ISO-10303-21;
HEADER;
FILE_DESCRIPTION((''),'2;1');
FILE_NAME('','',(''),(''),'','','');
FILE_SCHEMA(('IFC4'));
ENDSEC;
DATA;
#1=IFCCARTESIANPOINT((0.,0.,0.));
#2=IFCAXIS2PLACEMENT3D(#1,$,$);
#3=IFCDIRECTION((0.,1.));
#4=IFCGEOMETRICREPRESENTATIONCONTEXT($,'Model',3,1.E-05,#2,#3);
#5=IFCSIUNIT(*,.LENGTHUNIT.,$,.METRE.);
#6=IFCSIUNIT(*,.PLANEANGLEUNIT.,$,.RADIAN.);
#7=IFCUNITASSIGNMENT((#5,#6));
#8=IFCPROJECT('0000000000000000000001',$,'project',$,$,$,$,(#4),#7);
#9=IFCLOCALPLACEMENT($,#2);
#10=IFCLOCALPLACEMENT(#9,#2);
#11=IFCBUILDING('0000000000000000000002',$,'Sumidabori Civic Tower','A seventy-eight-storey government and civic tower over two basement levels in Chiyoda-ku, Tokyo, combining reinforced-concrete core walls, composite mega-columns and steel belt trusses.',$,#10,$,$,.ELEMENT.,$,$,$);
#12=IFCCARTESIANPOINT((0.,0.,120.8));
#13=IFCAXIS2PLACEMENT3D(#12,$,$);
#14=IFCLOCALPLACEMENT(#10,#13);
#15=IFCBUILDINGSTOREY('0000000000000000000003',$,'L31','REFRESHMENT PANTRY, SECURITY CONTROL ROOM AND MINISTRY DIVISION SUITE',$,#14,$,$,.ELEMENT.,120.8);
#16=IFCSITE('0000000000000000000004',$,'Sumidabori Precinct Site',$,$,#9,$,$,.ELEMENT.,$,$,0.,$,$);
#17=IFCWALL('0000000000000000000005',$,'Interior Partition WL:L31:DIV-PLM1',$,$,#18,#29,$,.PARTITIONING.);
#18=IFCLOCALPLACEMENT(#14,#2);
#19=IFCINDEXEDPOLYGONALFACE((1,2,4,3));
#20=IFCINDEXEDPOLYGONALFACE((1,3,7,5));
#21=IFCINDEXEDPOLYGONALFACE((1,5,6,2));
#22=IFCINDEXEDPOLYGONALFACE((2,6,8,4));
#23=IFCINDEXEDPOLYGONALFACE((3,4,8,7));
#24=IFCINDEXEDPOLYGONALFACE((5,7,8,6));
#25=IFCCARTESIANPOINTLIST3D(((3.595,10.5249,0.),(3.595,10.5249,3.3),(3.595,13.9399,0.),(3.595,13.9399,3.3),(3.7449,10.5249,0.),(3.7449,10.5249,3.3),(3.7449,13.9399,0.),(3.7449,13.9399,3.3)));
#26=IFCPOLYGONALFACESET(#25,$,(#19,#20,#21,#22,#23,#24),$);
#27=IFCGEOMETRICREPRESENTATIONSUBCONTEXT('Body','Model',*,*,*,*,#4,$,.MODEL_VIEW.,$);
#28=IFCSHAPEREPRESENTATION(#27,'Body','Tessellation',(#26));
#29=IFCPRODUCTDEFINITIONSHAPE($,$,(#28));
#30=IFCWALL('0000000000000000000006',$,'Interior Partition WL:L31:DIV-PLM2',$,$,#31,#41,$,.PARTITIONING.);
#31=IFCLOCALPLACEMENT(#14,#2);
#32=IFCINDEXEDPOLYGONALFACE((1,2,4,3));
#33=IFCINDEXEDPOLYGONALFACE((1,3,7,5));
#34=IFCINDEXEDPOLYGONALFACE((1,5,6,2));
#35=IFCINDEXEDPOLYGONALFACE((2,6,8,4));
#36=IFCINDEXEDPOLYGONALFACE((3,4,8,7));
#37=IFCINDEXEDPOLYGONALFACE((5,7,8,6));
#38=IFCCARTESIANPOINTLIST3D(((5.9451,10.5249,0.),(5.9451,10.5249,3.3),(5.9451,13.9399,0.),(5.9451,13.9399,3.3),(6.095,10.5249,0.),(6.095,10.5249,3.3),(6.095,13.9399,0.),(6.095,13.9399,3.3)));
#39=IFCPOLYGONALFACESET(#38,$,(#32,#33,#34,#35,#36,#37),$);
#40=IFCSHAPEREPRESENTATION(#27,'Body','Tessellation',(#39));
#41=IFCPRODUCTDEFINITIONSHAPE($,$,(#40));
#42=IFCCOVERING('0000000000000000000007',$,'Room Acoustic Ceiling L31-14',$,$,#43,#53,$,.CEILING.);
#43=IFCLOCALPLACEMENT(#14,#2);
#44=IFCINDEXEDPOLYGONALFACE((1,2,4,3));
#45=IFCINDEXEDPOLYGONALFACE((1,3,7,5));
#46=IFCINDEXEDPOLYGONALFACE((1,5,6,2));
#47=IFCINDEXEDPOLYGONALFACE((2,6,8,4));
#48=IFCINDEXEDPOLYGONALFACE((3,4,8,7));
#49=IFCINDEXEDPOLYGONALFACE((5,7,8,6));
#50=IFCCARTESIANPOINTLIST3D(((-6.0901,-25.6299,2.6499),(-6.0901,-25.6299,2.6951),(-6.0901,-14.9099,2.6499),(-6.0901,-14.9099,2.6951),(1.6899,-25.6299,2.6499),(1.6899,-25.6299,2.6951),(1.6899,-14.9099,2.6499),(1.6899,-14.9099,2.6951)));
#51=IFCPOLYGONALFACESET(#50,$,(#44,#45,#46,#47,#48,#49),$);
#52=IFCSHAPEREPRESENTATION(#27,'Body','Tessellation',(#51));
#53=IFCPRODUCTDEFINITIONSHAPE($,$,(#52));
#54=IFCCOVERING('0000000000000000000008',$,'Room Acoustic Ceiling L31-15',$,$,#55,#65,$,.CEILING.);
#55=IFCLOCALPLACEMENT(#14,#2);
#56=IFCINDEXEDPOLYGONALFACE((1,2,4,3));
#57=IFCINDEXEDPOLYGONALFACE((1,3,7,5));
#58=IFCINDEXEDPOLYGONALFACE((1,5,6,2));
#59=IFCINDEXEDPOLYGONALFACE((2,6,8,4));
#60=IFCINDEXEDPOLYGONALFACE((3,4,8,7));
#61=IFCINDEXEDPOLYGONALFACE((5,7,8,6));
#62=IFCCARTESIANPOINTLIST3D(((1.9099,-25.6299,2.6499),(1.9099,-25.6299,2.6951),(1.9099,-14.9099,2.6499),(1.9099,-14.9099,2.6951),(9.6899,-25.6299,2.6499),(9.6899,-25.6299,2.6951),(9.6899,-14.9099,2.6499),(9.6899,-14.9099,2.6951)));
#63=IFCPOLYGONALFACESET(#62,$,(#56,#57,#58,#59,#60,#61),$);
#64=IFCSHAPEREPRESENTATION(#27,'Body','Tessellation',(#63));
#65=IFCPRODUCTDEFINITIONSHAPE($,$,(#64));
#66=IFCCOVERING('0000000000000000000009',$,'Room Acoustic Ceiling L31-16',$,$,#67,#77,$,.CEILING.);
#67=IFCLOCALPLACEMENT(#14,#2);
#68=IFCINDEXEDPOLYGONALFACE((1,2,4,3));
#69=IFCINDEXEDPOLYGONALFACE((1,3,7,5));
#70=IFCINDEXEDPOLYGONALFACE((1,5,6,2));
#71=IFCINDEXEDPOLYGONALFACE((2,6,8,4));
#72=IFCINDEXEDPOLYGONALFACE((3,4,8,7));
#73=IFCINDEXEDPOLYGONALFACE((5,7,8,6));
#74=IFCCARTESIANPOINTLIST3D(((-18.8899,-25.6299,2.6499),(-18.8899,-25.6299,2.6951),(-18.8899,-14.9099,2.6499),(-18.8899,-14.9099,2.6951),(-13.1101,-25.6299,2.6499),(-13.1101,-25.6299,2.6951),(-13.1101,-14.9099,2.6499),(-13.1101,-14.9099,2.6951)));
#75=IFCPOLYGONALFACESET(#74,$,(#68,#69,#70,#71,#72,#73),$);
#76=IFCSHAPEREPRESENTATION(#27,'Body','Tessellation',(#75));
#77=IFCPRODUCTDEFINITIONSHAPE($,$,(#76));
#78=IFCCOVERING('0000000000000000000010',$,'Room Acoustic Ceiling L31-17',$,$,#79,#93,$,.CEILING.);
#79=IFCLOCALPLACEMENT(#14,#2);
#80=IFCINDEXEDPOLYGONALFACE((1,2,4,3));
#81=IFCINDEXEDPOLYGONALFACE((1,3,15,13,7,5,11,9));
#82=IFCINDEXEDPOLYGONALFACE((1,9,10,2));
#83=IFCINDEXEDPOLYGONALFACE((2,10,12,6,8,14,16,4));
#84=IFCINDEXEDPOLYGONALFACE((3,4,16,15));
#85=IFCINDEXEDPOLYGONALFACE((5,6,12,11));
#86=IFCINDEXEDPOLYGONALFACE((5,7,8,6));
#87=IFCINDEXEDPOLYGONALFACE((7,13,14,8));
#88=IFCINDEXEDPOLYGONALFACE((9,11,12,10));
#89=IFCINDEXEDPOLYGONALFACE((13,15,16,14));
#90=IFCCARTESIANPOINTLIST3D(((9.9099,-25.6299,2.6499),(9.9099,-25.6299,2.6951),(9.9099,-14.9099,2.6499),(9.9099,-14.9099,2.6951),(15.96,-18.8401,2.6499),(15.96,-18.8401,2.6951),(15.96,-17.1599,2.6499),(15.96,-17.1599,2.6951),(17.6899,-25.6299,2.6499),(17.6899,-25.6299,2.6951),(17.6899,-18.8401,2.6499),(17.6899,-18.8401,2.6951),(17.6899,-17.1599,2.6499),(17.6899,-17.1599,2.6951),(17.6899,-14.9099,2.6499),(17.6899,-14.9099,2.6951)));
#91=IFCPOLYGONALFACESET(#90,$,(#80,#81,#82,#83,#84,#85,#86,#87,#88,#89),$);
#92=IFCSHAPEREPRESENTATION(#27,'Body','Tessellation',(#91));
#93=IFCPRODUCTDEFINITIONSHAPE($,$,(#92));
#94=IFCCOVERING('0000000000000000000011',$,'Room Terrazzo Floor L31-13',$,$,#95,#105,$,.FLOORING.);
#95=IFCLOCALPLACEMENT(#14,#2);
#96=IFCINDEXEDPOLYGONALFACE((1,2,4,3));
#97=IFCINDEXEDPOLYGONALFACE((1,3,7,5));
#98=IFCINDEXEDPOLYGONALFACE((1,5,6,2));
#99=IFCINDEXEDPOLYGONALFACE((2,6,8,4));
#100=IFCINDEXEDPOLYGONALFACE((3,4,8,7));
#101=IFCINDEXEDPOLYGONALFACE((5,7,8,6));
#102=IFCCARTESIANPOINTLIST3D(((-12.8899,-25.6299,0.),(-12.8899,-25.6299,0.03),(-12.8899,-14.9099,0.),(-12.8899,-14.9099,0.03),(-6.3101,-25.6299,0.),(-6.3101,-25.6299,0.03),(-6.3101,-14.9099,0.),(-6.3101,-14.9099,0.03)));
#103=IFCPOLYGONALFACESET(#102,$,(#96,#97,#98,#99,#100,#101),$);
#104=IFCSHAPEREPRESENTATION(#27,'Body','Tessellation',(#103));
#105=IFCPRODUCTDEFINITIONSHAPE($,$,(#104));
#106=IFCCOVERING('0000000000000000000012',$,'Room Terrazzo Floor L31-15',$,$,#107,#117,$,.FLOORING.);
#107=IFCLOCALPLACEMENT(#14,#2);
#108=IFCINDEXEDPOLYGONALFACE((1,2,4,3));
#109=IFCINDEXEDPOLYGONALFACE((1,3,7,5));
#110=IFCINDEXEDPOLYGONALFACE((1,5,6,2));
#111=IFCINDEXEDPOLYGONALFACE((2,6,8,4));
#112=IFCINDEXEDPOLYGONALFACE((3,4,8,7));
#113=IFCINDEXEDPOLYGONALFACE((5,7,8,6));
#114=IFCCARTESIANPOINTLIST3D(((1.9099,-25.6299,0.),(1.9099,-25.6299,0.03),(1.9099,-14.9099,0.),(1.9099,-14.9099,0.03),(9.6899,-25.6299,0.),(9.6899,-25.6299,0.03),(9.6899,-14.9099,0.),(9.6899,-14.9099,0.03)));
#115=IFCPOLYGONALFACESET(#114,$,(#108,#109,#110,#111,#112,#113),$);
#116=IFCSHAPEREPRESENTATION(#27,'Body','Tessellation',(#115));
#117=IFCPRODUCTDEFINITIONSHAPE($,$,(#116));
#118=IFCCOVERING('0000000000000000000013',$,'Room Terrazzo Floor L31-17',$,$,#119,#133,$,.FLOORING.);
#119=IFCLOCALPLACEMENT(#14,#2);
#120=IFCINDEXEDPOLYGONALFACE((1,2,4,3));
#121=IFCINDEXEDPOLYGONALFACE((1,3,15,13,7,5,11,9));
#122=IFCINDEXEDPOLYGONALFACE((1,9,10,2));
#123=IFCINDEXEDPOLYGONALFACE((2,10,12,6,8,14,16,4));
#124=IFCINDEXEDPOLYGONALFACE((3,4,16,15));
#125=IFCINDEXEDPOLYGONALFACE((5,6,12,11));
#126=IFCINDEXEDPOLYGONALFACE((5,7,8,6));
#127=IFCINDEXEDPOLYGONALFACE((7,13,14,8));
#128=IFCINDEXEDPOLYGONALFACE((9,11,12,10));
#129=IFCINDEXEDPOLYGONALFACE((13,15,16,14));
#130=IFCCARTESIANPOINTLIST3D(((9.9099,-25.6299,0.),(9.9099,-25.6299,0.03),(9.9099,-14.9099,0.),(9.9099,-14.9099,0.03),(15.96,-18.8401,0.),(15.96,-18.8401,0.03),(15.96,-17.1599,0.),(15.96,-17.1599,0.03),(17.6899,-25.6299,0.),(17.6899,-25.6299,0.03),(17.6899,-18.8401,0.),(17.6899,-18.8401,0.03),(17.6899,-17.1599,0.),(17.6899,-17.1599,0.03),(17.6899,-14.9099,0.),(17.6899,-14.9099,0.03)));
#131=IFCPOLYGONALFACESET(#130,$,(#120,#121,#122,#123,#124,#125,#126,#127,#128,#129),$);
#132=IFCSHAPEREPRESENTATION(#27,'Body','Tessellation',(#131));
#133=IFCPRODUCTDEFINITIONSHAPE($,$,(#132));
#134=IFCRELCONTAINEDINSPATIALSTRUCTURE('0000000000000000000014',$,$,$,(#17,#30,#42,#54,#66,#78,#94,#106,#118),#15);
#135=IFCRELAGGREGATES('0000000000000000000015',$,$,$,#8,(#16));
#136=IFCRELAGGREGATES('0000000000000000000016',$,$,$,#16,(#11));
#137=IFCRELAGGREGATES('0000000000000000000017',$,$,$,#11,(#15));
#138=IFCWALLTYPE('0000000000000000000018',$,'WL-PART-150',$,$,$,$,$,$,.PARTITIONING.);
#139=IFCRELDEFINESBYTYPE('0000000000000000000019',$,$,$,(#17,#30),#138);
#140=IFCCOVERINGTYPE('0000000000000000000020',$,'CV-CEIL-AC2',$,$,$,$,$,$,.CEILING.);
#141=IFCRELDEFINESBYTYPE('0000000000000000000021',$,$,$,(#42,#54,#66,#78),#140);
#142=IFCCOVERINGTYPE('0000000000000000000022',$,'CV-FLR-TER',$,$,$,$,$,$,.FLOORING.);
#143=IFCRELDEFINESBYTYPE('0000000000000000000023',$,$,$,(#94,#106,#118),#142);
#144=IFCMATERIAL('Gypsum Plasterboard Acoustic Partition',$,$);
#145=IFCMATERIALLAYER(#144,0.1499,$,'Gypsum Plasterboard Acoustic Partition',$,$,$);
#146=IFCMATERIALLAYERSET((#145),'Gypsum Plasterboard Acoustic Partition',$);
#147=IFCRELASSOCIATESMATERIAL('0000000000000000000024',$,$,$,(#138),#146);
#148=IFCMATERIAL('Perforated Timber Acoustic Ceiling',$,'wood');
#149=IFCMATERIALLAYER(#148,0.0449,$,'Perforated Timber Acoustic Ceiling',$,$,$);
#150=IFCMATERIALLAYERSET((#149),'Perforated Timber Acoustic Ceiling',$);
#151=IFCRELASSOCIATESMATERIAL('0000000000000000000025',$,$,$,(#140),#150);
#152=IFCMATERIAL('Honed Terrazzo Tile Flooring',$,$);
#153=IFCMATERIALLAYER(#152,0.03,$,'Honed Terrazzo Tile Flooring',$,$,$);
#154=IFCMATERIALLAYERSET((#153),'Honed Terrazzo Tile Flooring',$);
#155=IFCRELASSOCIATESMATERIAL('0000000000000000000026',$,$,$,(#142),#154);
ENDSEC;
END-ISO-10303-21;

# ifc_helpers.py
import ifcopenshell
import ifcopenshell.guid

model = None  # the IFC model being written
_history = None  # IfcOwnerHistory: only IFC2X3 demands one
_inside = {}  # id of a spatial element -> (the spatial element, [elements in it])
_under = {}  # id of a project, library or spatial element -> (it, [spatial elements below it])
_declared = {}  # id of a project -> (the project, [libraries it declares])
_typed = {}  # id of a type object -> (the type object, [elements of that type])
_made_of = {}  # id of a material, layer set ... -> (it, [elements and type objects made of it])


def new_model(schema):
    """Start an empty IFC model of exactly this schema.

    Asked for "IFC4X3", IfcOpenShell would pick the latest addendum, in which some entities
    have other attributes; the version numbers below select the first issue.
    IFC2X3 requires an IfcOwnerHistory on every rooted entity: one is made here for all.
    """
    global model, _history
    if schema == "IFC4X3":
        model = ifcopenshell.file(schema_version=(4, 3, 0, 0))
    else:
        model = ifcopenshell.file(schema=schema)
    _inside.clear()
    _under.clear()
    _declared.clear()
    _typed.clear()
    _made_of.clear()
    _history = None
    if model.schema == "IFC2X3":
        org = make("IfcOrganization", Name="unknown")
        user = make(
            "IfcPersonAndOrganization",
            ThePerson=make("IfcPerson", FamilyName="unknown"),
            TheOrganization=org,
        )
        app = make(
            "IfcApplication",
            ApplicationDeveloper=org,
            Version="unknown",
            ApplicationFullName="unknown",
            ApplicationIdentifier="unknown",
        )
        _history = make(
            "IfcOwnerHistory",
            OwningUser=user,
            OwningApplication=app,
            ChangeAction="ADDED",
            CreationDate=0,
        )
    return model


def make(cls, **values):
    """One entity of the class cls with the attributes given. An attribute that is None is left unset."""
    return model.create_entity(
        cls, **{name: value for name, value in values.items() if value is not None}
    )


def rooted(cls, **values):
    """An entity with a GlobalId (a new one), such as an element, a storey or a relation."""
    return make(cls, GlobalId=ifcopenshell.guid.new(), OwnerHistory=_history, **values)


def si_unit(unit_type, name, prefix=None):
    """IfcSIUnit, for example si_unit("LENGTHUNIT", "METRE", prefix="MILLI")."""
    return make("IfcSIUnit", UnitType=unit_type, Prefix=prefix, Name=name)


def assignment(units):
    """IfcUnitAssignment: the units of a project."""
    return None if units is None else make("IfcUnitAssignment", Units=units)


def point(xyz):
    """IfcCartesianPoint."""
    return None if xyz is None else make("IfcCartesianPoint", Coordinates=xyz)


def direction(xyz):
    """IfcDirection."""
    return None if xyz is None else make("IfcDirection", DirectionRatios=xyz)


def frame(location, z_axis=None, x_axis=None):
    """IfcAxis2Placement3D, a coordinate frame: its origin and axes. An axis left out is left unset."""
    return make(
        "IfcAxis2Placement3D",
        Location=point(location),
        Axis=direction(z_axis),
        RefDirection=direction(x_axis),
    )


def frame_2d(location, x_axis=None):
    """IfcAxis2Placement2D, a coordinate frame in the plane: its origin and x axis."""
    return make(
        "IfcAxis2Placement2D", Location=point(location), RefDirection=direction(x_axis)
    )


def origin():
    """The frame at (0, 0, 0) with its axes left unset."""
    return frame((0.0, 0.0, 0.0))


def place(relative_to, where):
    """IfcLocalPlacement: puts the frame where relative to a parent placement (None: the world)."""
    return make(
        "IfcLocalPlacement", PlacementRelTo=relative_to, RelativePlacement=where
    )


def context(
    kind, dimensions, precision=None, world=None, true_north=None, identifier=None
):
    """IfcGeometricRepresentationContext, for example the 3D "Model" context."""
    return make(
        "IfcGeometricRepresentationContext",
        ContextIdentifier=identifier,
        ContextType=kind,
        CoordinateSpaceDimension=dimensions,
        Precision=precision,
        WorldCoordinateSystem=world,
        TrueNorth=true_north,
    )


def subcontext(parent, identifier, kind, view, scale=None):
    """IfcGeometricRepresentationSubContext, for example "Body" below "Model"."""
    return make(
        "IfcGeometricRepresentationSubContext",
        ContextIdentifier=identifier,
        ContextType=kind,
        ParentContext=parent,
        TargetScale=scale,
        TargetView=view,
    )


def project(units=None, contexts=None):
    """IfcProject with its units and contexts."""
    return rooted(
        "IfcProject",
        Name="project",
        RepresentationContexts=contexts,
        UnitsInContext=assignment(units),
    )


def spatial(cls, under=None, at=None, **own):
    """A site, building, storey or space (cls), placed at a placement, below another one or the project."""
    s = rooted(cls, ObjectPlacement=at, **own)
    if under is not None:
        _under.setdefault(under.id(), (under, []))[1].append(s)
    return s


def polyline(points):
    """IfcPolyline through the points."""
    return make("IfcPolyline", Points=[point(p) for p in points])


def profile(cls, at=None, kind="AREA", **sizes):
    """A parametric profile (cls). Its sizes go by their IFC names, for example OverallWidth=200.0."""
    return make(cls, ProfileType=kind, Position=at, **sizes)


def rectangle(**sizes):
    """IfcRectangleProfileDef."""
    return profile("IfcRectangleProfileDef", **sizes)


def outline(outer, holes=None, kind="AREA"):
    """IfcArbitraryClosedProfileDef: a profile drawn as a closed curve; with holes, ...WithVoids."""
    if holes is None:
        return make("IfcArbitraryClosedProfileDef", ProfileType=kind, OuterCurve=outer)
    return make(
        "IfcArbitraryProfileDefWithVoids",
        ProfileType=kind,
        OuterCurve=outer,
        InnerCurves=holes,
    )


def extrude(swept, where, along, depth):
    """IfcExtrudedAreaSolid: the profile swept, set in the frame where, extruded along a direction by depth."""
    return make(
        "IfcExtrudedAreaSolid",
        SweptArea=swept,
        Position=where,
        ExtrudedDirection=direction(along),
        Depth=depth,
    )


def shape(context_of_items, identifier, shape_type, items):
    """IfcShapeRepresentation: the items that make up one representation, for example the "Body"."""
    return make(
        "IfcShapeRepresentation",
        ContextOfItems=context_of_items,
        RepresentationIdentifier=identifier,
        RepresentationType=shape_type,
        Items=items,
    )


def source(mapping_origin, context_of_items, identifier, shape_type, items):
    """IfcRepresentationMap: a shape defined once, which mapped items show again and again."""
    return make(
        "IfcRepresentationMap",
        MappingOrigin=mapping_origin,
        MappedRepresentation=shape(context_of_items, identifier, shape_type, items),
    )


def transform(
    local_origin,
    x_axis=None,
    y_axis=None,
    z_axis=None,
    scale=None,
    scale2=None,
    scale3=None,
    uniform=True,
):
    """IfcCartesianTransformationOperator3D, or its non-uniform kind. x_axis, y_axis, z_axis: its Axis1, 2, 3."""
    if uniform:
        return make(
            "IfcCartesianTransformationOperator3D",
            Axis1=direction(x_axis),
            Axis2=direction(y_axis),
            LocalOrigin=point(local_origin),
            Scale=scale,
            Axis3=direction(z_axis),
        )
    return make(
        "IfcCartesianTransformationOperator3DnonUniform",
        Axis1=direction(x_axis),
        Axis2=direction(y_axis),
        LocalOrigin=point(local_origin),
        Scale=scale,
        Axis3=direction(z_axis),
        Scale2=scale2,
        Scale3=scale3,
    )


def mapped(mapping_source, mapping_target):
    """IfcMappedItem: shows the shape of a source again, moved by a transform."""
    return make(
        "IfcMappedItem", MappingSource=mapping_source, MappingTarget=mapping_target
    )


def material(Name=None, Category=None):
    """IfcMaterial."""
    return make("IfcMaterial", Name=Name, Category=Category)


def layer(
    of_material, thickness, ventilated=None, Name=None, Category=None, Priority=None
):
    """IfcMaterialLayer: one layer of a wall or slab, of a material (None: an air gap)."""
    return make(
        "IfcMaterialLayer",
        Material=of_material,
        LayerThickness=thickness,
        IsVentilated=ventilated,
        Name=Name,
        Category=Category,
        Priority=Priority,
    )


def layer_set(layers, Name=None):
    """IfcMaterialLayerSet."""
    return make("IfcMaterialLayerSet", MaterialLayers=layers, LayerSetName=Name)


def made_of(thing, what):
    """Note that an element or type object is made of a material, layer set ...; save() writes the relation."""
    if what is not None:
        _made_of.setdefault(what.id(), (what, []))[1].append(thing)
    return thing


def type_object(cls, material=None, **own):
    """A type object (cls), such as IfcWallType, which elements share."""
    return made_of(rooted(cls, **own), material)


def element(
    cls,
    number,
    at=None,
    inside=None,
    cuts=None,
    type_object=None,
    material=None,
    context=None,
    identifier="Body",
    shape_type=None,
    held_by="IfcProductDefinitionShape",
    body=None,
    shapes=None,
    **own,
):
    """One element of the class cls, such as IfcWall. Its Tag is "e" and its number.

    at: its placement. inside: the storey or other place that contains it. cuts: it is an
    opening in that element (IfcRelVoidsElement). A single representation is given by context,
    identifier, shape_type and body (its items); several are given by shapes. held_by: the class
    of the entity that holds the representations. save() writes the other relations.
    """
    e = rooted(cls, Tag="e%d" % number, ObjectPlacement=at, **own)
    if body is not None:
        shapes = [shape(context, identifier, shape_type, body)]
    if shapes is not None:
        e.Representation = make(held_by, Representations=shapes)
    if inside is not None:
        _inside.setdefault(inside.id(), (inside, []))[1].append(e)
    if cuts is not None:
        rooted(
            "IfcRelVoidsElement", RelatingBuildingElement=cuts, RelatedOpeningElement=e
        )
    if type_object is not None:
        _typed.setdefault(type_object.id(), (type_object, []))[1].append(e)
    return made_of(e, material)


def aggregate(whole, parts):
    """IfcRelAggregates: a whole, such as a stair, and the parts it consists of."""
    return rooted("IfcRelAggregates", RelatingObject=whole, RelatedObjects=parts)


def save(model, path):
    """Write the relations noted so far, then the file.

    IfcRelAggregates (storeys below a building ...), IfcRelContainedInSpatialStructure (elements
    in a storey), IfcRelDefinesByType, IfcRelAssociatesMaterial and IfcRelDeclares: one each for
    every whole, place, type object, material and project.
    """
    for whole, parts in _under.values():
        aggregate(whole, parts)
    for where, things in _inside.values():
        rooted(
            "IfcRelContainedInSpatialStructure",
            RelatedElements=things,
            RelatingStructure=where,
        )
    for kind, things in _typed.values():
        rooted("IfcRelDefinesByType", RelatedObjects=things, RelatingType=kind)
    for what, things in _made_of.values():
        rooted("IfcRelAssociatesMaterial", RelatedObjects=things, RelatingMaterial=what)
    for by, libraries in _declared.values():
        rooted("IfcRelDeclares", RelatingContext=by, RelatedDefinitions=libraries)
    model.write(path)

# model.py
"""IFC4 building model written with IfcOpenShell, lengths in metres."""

from ifc_helpers import new_model, si_unit, direction, frame, frame_2d, origin, place, context, subcontext, project, spatial, polyline, rectangle, outline, extrude, source, transform, mapped, material, layer, layer_set, type_object, element, save


model = new_model("IFC4")

# Units and contexts
model_context = context("Model", 3, precision=1e-05, world=origin(), true_north=direction((0.0, 1.0)))
body_context = subcontext(model_context, "Body", "Model", "MODEL_VIEW")
ifc_project = project(units=[si_unit("LENGTHUNIT", "METRE"), si_unit("PLANEANGLEUNIT", "RADIAN")], contexts=[model_context])

# Site, building, storey
site_placement = place(None, origin())
site = spatial("IfcSite", under=ifc_project, at=site_placement, Name="Sumidabori Precinct Site", CompositionType="ELEMENT", RefElevation=0.0)
building_placement = place(site_placement, origin())
building = spatial("IfcBuilding", under=site, at=building_placement, Name="Sumidabori Civic Tower", Description="A seventy-eight-storey government and civic tower over two basement levels in Chiyoda-ku, Tokyo, combining reinforced-concrete core walls, composite mega-columns and steel belt trusses.", CompositionType="ELEMENT")
storey_placement = place(building_placement, frame((0.0, 0.0, 120.8)))
storey = spatial("IfcBuildingStorey", under=building, at=storey_placement, Name="L31", Description="REFRESHMENT PANTRY, SECURITY CONTROL ROOM AND MINISTRY DIVISION SUITE", CompositionType="ELEMENT", Elevation=120.8)

# Shared definitions
ifc_material_1 = material(Name="Gypsum Plasterboard Acoustic Partition")
ifc_layer_1 = layer(ifc_material_1, 0.1499, Name="Gypsum Plasterboard Acoustic Partition")
ifc_layer_set_1 = layer_set([ifc_layer_1], Name="Gypsum Plasterboard Acoustic Partition")
wall_type_1 = type_object("IfcWallType", Name="WL-PART-150", PredefinedType="PARTITIONING", material=ifc_layer_set_1)

# Walls
shared_shape_1 = source(origin(), body_context, "Body", "SweptSolid", [
    extrude(rectangle(XDim=3.415, YDim=0.1499, at=frame_2d((1.7075, 0.0))), origin(), (0.0, 0.0, 1.0), 3.3),
])
for number, where, z_axis, x_axis, name in (
    (1, (3.6699, 10.5249, 0.0), (0.0, 0.0, 1.0), (0.0, 1.0, 0.0), "Interior Partition WL:L31:DIV-PLM1"),
    (2, (6.02, 10.5249, 0.0), (0.0, 0.0, 1.0), (0.0, 1.0, 0.0), "Interior Partition WL:L31:DIV-PLM2"),
):
    element("IfcWall", number, at=place(storey_placement, frame(where, z_axis=z_axis, x_axis=x_axis)), inside=storey, type_object=wall_type_1, Name=name, PredefinedType="PARTITIONING", context=body_context, shape_type="MappedRepresentation", body=[
        mapped(shared_shape_1, transform((0.0, 0.0, 0.0), x_axis=(1.0, 0.0, 0.0), y_axis=(0.0, 1.0, 0.0), z_axis=(0.0, 0.0, 1.0), scale=1.0)),
    ])

# Coverings
ifc_material_2 = material(Name="Perforated Timber Acoustic Ceiling", Category="wood")
ifc_layer_2 = layer(ifc_material_2, 0.0449, Name="Perforated Timber Acoustic Ceiling")
ifc_layer_set_2 = layer_set([ifc_layer_2], Name="Perforated Timber Acoustic Ceiling")
covering_type_1 = type_object("IfcCoveringType", Name="CV-CEIL-AC2", PredefinedType="CEILING", material=ifc_layer_set_2)
covering_1_placement = place(storey_placement, frame((0.0, 0.0, 2.6499)))
element("IfcCovering", 3, at=covering_1_placement, inside=storey, type_object=covering_type_1, Name="Room Acoustic Ceiling L31-14", PredefinedType="CEILING", context=body_context, shape_type="SweptSolid", body=[
    extrude(outline(polyline([(-6.0901, -14.9099), (1.6899, -14.9099), (1.6899, -25.6299), (-6.0901, -25.6299), (-6.0901, -14.9099)])), origin(), (0.0, 0.0, 1.0), 0.0452),
])
covering_2_placement = place(storey_placement, frame((0.0, 0.0, 2.6499)))
element("IfcCovering", 4, at=covering_2_placement, inside=storey, type_object=covering_type_1, Name="Room Acoustic Ceiling L31-15", PredefinedType="CEILING", context=body_context, shape_type="SweptSolid", body=[
    extrude(outline(polyline([(1.9099, -14.9099), (9.6899, -14.9099), (9.6899, -25.6299), (1.9099, -25.6299), (1.9099, -14.9099)])), origin(), (0.0, 0.0, 1.0), 0.0452),
])
covering_3_placement = place(storey_placement, frame((0.0, 0.0, 2.6499)))
element("IfcCovering", 5, at=covering_3_placement, inside=storey, type_object=covering_type_1, Name="Room Acoustic Ceiling L31-16", PredefinedType="CEILING", context=body_context, shape_type="SweptSolid", body=[
    extrude(outline(polyline([(-18.8899, -14.9099), (-13.1101, -14.9099), (-13.1101, -25.6299), (-18.8899, -25.6299), (-18.8899, -14.9099)])), origin(), (0.0, 0.0, 1.0), 0.0452),
])
covering_4_placement = place(storey_placement, frame((0.0, 0.0, 2.6499)))
element("IfcCovering", 6, at=covering_4_placement, inside=storey, type_object=covering_type_1, Name="Room Acoustic Ceiling L31-17", PredefinedType="CEILING", context=body_context, shape_type="SweptSolid", body=[
    extrude(outline(polyline([(9.9099, -14.9099), (17.6899, -14.9099), (17.6899, -17.1599), (15.96, -17.1599), (15.96, -18.8401), (17.6899, -18.8401), (17.6899, -25.6299), (9.9099, -25.6299), (9.9099, -14.9099)])), origin(), (0.0, 0.0, 1.0), 0.0452),
])
ifc_material_3 = material(Name="Honed Terrazzo Tile Flooring")
ifc_layer_3 = layer(ifc_material_3, 0.03, Name="Honed Terrazzo Tile Flooring")
ifc_layer_set_3 = layer_set([ifc_layer_3], Name="Honed Terrazzo Tile Flooring")
covering_type_2 = type_object("IfcCoveringType", Name="CV-FLR-TER", PredefinedType="FLOORING", material=ifc_layer_set_3)
covering_5_placement = place(storey_placement, origin())
element("IfcCovering", 7, at=covering_5_placement, inside=storey, type_object=covering_type_2, Name="Room Terrazzo Floor L31-13", PredefinedType="FLOORING", context=body_context, shape_type="SweptSolid", body=[
    extrude(outline(polyline([(-12.8899, -14.9099), (-6.3101, -14.9099), (-6.3101, -25.6299), (-12.8899, -25.6299), (-12.8899, -14.9099)])), origin(), (0.0, 0.0, 1.0), 0.03),
])
covering_6_placement = place(storey_placement, origin())
element("IfcCovering", 8, at=covering_6_placement, inside=storey, type_object=covering_type_2, Name="Room Terrazzo Floor L31-15", PredefinedType="FLOORING", context=body_context, shape_type="SweptSolid", body=[
    extrude(outline(polyline([(1.9099, -14.9099), (9.6899, -14.9099), (9.6899, -25.6299), (1.9099, -25.6299), (1.9099, -14.9099)])), origin(), (0.0, 0.0, 1.0), 0.03),
])
covering_7_placement = place(storey_placement, origin())
element("IfcCovering", 9, at=covering_7_placement, inside=storey, type_object=covering_type_2, Name="Room Terrazzo Floor L31-17", PredefinedType="FLOORING", context=body_context, shape_type="SweptSolid", body=[
    extrude(outline(polyline([(9.9099, -14.9099), (17.6899, -14.9099), (17.6899, -17.1599), (15.96, -17.1599), (15.96, -18.8401), (17.6899, -18.8401), (17.6899, -25.6299), (9.9099, -25.6299), (9.9099, -14.9099)])), origin(), (0.0, 0.0, 1.0), 0.03),
])

save(model, "model.ifc")
